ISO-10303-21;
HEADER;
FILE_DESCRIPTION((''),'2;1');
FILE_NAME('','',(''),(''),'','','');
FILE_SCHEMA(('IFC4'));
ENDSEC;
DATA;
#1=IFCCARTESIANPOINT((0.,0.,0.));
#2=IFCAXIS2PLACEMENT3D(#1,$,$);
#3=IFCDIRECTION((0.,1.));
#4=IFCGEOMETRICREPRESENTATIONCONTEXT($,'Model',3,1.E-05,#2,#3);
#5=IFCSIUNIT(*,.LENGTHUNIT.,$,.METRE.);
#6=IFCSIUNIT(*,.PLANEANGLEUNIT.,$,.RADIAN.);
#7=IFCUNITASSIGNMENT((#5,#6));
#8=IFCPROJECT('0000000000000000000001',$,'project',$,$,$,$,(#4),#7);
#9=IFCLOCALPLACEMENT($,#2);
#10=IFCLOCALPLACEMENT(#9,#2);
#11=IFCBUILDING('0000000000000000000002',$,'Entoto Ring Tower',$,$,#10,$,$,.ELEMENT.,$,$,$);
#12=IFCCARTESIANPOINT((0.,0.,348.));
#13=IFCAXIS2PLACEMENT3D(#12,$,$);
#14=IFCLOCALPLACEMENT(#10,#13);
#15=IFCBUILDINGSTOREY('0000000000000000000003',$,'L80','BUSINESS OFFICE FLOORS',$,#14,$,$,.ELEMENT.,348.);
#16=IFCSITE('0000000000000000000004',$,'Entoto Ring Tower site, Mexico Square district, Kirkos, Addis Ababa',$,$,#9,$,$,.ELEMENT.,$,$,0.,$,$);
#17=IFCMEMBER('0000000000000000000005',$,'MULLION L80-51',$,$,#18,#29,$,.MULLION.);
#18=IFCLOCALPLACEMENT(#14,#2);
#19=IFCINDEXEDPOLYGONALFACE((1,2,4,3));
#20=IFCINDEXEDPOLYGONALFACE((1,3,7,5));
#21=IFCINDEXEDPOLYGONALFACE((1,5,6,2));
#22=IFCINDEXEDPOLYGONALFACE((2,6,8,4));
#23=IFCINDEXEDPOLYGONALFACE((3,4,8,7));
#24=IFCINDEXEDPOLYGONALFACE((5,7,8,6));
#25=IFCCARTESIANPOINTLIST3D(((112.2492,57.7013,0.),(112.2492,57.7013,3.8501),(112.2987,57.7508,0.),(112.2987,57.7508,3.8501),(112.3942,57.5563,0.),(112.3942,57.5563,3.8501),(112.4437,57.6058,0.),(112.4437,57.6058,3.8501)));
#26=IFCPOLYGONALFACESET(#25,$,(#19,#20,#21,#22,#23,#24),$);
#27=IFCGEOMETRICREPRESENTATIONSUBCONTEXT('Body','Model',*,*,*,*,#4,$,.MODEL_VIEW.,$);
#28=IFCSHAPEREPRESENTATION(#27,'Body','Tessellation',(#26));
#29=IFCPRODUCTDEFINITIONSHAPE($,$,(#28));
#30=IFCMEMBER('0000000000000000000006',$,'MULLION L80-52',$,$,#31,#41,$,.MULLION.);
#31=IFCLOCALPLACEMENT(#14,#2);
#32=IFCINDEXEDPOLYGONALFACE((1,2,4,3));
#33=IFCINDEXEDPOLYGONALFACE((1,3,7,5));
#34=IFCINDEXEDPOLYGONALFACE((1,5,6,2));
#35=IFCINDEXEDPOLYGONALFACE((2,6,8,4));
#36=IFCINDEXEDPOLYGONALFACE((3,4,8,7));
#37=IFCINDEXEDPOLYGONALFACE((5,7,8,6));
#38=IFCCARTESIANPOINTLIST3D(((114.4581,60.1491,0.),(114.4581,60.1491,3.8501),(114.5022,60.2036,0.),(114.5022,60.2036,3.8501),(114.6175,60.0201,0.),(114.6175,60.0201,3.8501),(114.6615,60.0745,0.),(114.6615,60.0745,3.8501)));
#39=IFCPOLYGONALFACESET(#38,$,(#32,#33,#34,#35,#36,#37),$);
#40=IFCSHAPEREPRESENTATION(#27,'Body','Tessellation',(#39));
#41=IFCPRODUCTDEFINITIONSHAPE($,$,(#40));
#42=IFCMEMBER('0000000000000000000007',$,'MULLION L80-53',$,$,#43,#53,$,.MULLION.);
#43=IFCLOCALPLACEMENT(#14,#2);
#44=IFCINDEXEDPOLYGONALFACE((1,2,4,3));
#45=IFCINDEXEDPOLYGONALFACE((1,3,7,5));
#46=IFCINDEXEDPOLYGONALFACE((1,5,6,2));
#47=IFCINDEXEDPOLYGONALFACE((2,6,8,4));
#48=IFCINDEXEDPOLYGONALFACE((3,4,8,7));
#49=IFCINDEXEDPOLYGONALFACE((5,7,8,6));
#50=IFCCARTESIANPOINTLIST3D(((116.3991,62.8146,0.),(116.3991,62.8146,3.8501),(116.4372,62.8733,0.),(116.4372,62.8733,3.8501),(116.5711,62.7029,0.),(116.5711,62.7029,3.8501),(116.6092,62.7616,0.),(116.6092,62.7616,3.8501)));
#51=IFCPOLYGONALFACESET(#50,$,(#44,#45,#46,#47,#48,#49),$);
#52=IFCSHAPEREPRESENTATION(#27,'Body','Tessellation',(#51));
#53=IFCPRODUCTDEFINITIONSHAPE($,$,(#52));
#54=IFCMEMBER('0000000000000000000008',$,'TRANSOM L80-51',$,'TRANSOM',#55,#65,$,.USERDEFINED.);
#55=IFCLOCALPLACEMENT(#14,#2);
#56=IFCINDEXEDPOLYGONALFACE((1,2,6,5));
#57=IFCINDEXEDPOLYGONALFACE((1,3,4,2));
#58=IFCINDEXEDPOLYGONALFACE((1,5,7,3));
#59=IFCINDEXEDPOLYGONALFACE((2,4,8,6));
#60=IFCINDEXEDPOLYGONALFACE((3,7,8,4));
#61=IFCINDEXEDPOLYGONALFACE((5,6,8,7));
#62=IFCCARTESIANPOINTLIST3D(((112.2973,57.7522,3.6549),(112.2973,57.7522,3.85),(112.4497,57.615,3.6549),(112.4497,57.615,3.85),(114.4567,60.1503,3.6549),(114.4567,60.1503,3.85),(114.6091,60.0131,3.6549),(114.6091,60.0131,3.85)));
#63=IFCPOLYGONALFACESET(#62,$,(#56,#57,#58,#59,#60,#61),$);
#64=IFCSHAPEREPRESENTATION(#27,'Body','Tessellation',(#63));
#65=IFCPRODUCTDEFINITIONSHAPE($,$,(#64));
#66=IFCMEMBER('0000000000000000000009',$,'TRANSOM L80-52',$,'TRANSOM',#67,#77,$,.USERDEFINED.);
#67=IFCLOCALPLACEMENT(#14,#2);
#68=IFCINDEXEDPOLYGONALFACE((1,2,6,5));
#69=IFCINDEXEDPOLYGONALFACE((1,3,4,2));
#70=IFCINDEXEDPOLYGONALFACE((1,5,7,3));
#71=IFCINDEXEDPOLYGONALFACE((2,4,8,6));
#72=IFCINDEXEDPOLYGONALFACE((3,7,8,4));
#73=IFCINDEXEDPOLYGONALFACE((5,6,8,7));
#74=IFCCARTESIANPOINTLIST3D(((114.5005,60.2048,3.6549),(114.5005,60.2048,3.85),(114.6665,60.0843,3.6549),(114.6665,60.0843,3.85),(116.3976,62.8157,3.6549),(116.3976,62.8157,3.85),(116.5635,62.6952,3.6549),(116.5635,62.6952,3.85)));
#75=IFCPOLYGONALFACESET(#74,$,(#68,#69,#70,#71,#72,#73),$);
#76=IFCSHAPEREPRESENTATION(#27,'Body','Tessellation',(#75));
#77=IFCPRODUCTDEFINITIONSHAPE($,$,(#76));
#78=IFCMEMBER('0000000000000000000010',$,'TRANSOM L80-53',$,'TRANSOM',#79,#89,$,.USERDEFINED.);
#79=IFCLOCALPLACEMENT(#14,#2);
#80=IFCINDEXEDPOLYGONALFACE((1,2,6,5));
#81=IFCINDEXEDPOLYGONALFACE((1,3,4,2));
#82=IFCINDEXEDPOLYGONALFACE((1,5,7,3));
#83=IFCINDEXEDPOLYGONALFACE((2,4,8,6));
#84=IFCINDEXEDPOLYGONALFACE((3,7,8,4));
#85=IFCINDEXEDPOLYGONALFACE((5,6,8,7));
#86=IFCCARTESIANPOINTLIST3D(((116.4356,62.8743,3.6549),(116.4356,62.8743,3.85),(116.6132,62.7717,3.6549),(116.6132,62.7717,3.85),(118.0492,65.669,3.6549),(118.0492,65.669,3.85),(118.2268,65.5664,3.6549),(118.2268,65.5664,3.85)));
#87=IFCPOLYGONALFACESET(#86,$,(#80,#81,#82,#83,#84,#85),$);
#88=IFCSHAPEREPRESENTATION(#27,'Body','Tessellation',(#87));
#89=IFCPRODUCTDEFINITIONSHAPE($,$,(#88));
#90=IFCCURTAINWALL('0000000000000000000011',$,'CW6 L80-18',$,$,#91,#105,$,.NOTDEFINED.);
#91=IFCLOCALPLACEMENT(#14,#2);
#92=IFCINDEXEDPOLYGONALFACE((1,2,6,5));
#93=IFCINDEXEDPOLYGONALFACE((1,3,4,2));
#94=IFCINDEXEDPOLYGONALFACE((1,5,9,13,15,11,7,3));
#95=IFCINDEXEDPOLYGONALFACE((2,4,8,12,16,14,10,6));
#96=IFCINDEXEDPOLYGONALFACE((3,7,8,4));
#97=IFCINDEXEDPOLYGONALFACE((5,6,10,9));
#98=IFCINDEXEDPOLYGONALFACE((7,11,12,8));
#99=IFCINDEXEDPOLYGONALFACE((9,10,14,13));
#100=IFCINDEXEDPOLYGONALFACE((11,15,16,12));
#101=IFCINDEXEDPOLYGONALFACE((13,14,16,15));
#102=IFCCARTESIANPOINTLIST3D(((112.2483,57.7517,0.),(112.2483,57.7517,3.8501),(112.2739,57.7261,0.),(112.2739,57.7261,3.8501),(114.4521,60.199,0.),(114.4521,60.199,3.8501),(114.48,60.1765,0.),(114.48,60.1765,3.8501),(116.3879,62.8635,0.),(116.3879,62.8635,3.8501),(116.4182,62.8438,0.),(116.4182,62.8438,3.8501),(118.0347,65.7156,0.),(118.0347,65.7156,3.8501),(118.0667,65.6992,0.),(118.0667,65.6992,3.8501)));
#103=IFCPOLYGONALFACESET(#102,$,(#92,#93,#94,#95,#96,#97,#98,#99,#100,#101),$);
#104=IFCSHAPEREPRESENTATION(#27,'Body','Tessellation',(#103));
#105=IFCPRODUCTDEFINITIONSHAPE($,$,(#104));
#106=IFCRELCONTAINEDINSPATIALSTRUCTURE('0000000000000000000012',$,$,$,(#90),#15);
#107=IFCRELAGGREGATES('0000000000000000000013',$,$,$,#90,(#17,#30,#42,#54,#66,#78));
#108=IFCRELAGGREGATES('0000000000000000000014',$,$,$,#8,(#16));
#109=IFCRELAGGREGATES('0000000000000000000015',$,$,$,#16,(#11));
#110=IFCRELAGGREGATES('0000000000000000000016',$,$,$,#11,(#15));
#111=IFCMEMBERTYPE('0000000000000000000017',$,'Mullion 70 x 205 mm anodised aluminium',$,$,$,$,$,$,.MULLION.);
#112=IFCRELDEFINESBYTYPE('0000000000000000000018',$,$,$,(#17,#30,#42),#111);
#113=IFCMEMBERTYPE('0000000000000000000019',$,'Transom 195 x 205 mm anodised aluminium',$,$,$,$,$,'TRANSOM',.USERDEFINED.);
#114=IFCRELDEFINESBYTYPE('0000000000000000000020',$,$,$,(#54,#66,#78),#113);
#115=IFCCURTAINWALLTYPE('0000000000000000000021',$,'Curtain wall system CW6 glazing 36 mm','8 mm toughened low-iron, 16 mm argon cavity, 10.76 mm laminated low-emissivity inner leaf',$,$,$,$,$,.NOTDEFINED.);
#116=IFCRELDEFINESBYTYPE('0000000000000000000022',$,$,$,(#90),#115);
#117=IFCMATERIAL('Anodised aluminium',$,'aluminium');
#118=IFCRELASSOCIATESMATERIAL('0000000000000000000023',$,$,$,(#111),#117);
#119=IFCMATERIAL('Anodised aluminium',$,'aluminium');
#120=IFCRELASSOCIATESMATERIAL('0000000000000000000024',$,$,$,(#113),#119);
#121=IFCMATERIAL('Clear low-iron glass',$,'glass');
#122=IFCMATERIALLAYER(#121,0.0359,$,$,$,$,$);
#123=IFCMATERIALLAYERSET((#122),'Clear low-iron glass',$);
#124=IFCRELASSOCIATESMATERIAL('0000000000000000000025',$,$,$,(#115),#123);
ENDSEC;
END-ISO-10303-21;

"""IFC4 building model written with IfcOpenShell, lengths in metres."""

from ifc_helpers import new_model, si_unit, direction, frame, origin, origin_2d, place, context, subcontext, project, spatial, polyline, rectangle, outline, extrude, material, layer, layer_set, material_profile, profile_set, type_object, element, aggregate, save


model = new_model("IFC4")

# Units and contexts
model_context = context("Model", 3, precision=1e-05, world=origin(), true_north=direction((0.0, 1.0)))
body_context = subcontext(model_context, "Body", "Model", "MODEL_VIEW")
ifc_project = project(units=[si_unit("LENGTHUNIT", "METRE"), si_unit("PLANEANGLEUNIT", "RADIAN")], contexts=[model_context])

# Members
ifc_material_1 = material(Name="Anodised aluminium", Category="aluminium")
ifc_material_profile_1 = material_profile(ifc_material_1, rectangle(XDim=0.0701, YDim=0.2051, at=origin_2d()), Name="Mullion 70 x 205 mm anodised aluminium")
ifc_profile_set_1 = profile_set([ifc_material_profile_1], Name="Anodised aluminium")
member_type_1 = type_object("IfcMemberType", Name="Mullion 70 x 205 mm anodised aluminium", PredefinedType="MULLION", material=ifc_profile_set_1)
site_placement = place(None, origin())
building_placement = place(site_placement, origin())
storey_placement = place(building_placement, frame((0.0, 0.0, 348.0)))
member_1_placement = place(storey_placement, frame((112.3464, 57.6536, 0.0), z_axis=(0.0, 0.0, 1.0), x_axis=(0.707107, 0.707107, 0.0)))
member_1 = element("IfcMember", 1, at=member_1_placement, type_object=member_type_1, Name="MULLION L80-51", PredefinedType="MULLION", context=body_context, shape_type="SweptSolid", body=[
    extrude(rectangle(XDim=0.0701, YDim=0.2051, at=origin_2d()), origin(), (0.0, 0.0, 1.0), 3.8501),
])
member_2_placement = place(storey_placement, frame((114.5598, 60.1118, 0.0), z_axis=(0.0, 0.0, 1.0), x_axis=(0.62932, 0.777146, 0.0)))
member_2 = element("IfcMember", 2, at=member_2_placement, type_object=member_type_1, Name="MULLION L80-52", PredefinedType="MULLION", context=body_context, shape_type="SweptSolid", body=[
    extrude(rectangle(XDim=0.0701, YDim=0.2051, at=origin_2d()), origin(), (0.0, 0.0, 1.0), 3.8501),
])
member_3_placement = place(storey_placement, frame((116.5042, 62.7881, 0.0), z_axis=(0.0, 0.0, 1.0), x_axis=(0.544639, 0.838671, 0.0)))
member_3 = element("IfcMember", 3, at=member_3_placement, type_object=member_type_1, Name="MULLION L80-53", PredefinedType="MULLION", context=body_context, shape_type="SweptSolid", body=[
    extrude(rectangle(XDim=0.0701, YDim=0.2051, at=origin_2d()), origin(), (0.0, 0.0, 1.0), 3.8501),
])
ifc_material_2 = material(Name="Anodised aluminium", Category="aluminium")
ifc_material_profile_2 = material_profile(ifc_material_2, rectangle(XDim=0.2051, YDim=0.1951, at=origin_2d()), Name="Transom 195 x 205 mm anodised aluminium")
ifc_profile_set_2 = profile_set([ifc_material_profile_2], Name="Anodised aluminium")
member_type_2 = type_object("IfcMemberType", Name="Transom 195 x 205 mm anodised aluminium", ElementType="TRANSOM", PredefinedType="USERDEFINED", material=ifc_profile_set_2)
member_4_placement = place(storey_placement, frame((112.3735, 57.6836, 3.7524), z_axis=(0.669144, 0.743132, 0.0), x_axis=(-0.743132, 0.669144, 0.0)))
member_4 = element("IfcMember", 4, at=member_4_placement, type_object=member_type_2, Name="TRANSOM L80-51", ObjectType="TRANSOM", PredefinedType="USERDEFINED", context=body_context, shape_type="SweptSolid", body=[
    extrude(rectangle(XDim=0.2051, YDim=0.1951, at=origin_2d()), origin(), (0.0, 0.0, 1.0), 3.2271),
])
member_5_placement = place(storey_placement, frame((114.5835, 60.1445, 3.7524), z_axis=(0.587803, 0.809004, 0.0), x_axis=(-0.809004, 0.587803, 0.0)))
member_5 = element("IfcMember", 5, at=member_5_placement, type_object=member_type_2, Name="TRANSOM L80-52", ObjectType="TRANSOM", PredefinedType="USERDEFINED", context=body_context, shape_type="SweptSolid", body=[
    extrude(rectangle(XDim=0.2051, YDim=0.1951, at=origin_2d()), origin(), (0.0, 0.0, 1.0), 3.2273),
])
member_6_placement = place(storey_placement, frame((116.5244, 62.823, 3.7524), z_axis=(0.500004, 0.866023, 0.0), x_axis=(-0.866023, 0.500004, 0.0)))
member_6 = element("IfcMember", 6, at=member_6_placement, type_object=member_type_2, Name="TRANSOM L80-53", ObjectType="TRANSOM", PredefinedType="USERDEFINED", context=body_context, shape_type="SweptSolid", body=[
    extrude(rectangle(XDim=0.2051, YDim=0.1951, at=origin_2d()), origin(), (0.0, 0.0, 1.0), 3.2271),
])

# Site, building, storey
site = spatial("IfcSite", under=ifc_project, at=site_placement, Name="Entoto Ring Tower site, Mexico Square district, Kirkos, Addis Ababa", CompositionType="ELEMENT", RefElevation=0.0)
building = spatial("IfcBuilding", under=site, at=building_placement, Name="Entoto Ring Tower", CompositionType="ELEMENT")
storey = spatial("IfcBuildingStorey", under=building, at=storey_placement, Name="L80", Description="BUSINESS OFFICE FLOORS", CompositionType="ELEMENT", Elevation=348.0)

# Curtain wall
ifc_material_3 = material(Name="Clear low-iron glass", Category="glass")
ifc_layer_1 = layer(ifc_material_3, 0.0359)
ifc_layer_set_1 = layer_set([ifc_layer_1], Name="Clear low-iron glass")
curtain_wall_type = type_object("IfcCurtainWallType", Name="Curtain wall system CW6 glazing 36 mm", Description="8 mm toughened low-iron, 16 mm argon cavity, 10.76 mm laminated low-emissivity inner leaf", PredefinedType="NOTDEFINED", material=ifc_layer_set_1)
curtain_wall_1_placement = place(storey_placement, origin())
curtain_wall_1 = element("IfcCurtainWall", 7, at=curtain_wall_1_placement, inside=storey, type_object=curtain_wall_type, Name="CW6 L80-18", PredefinedType="NOTDEFINED", context=body_context, shape_type="SweptSolid", body=[
    extrude(outline(polyline([(112.2739, 57.7261), (114.48, 60.1765), (116.4182, 62.8438), (118.0667, 65.6992), (118.0347, 65.7156), (116.3879, 62.8635), (114.4521, 60.199), (112.2483, 57.7517), (112.2739, 57.7261)])), origin(), (0.0, 0.0, 1.0), 3.8501),
])
aggregate(curtain_wall_1, [member_1, member_2, member_3, member_4, member_5, member_6])

save(model, "model.ifc")
